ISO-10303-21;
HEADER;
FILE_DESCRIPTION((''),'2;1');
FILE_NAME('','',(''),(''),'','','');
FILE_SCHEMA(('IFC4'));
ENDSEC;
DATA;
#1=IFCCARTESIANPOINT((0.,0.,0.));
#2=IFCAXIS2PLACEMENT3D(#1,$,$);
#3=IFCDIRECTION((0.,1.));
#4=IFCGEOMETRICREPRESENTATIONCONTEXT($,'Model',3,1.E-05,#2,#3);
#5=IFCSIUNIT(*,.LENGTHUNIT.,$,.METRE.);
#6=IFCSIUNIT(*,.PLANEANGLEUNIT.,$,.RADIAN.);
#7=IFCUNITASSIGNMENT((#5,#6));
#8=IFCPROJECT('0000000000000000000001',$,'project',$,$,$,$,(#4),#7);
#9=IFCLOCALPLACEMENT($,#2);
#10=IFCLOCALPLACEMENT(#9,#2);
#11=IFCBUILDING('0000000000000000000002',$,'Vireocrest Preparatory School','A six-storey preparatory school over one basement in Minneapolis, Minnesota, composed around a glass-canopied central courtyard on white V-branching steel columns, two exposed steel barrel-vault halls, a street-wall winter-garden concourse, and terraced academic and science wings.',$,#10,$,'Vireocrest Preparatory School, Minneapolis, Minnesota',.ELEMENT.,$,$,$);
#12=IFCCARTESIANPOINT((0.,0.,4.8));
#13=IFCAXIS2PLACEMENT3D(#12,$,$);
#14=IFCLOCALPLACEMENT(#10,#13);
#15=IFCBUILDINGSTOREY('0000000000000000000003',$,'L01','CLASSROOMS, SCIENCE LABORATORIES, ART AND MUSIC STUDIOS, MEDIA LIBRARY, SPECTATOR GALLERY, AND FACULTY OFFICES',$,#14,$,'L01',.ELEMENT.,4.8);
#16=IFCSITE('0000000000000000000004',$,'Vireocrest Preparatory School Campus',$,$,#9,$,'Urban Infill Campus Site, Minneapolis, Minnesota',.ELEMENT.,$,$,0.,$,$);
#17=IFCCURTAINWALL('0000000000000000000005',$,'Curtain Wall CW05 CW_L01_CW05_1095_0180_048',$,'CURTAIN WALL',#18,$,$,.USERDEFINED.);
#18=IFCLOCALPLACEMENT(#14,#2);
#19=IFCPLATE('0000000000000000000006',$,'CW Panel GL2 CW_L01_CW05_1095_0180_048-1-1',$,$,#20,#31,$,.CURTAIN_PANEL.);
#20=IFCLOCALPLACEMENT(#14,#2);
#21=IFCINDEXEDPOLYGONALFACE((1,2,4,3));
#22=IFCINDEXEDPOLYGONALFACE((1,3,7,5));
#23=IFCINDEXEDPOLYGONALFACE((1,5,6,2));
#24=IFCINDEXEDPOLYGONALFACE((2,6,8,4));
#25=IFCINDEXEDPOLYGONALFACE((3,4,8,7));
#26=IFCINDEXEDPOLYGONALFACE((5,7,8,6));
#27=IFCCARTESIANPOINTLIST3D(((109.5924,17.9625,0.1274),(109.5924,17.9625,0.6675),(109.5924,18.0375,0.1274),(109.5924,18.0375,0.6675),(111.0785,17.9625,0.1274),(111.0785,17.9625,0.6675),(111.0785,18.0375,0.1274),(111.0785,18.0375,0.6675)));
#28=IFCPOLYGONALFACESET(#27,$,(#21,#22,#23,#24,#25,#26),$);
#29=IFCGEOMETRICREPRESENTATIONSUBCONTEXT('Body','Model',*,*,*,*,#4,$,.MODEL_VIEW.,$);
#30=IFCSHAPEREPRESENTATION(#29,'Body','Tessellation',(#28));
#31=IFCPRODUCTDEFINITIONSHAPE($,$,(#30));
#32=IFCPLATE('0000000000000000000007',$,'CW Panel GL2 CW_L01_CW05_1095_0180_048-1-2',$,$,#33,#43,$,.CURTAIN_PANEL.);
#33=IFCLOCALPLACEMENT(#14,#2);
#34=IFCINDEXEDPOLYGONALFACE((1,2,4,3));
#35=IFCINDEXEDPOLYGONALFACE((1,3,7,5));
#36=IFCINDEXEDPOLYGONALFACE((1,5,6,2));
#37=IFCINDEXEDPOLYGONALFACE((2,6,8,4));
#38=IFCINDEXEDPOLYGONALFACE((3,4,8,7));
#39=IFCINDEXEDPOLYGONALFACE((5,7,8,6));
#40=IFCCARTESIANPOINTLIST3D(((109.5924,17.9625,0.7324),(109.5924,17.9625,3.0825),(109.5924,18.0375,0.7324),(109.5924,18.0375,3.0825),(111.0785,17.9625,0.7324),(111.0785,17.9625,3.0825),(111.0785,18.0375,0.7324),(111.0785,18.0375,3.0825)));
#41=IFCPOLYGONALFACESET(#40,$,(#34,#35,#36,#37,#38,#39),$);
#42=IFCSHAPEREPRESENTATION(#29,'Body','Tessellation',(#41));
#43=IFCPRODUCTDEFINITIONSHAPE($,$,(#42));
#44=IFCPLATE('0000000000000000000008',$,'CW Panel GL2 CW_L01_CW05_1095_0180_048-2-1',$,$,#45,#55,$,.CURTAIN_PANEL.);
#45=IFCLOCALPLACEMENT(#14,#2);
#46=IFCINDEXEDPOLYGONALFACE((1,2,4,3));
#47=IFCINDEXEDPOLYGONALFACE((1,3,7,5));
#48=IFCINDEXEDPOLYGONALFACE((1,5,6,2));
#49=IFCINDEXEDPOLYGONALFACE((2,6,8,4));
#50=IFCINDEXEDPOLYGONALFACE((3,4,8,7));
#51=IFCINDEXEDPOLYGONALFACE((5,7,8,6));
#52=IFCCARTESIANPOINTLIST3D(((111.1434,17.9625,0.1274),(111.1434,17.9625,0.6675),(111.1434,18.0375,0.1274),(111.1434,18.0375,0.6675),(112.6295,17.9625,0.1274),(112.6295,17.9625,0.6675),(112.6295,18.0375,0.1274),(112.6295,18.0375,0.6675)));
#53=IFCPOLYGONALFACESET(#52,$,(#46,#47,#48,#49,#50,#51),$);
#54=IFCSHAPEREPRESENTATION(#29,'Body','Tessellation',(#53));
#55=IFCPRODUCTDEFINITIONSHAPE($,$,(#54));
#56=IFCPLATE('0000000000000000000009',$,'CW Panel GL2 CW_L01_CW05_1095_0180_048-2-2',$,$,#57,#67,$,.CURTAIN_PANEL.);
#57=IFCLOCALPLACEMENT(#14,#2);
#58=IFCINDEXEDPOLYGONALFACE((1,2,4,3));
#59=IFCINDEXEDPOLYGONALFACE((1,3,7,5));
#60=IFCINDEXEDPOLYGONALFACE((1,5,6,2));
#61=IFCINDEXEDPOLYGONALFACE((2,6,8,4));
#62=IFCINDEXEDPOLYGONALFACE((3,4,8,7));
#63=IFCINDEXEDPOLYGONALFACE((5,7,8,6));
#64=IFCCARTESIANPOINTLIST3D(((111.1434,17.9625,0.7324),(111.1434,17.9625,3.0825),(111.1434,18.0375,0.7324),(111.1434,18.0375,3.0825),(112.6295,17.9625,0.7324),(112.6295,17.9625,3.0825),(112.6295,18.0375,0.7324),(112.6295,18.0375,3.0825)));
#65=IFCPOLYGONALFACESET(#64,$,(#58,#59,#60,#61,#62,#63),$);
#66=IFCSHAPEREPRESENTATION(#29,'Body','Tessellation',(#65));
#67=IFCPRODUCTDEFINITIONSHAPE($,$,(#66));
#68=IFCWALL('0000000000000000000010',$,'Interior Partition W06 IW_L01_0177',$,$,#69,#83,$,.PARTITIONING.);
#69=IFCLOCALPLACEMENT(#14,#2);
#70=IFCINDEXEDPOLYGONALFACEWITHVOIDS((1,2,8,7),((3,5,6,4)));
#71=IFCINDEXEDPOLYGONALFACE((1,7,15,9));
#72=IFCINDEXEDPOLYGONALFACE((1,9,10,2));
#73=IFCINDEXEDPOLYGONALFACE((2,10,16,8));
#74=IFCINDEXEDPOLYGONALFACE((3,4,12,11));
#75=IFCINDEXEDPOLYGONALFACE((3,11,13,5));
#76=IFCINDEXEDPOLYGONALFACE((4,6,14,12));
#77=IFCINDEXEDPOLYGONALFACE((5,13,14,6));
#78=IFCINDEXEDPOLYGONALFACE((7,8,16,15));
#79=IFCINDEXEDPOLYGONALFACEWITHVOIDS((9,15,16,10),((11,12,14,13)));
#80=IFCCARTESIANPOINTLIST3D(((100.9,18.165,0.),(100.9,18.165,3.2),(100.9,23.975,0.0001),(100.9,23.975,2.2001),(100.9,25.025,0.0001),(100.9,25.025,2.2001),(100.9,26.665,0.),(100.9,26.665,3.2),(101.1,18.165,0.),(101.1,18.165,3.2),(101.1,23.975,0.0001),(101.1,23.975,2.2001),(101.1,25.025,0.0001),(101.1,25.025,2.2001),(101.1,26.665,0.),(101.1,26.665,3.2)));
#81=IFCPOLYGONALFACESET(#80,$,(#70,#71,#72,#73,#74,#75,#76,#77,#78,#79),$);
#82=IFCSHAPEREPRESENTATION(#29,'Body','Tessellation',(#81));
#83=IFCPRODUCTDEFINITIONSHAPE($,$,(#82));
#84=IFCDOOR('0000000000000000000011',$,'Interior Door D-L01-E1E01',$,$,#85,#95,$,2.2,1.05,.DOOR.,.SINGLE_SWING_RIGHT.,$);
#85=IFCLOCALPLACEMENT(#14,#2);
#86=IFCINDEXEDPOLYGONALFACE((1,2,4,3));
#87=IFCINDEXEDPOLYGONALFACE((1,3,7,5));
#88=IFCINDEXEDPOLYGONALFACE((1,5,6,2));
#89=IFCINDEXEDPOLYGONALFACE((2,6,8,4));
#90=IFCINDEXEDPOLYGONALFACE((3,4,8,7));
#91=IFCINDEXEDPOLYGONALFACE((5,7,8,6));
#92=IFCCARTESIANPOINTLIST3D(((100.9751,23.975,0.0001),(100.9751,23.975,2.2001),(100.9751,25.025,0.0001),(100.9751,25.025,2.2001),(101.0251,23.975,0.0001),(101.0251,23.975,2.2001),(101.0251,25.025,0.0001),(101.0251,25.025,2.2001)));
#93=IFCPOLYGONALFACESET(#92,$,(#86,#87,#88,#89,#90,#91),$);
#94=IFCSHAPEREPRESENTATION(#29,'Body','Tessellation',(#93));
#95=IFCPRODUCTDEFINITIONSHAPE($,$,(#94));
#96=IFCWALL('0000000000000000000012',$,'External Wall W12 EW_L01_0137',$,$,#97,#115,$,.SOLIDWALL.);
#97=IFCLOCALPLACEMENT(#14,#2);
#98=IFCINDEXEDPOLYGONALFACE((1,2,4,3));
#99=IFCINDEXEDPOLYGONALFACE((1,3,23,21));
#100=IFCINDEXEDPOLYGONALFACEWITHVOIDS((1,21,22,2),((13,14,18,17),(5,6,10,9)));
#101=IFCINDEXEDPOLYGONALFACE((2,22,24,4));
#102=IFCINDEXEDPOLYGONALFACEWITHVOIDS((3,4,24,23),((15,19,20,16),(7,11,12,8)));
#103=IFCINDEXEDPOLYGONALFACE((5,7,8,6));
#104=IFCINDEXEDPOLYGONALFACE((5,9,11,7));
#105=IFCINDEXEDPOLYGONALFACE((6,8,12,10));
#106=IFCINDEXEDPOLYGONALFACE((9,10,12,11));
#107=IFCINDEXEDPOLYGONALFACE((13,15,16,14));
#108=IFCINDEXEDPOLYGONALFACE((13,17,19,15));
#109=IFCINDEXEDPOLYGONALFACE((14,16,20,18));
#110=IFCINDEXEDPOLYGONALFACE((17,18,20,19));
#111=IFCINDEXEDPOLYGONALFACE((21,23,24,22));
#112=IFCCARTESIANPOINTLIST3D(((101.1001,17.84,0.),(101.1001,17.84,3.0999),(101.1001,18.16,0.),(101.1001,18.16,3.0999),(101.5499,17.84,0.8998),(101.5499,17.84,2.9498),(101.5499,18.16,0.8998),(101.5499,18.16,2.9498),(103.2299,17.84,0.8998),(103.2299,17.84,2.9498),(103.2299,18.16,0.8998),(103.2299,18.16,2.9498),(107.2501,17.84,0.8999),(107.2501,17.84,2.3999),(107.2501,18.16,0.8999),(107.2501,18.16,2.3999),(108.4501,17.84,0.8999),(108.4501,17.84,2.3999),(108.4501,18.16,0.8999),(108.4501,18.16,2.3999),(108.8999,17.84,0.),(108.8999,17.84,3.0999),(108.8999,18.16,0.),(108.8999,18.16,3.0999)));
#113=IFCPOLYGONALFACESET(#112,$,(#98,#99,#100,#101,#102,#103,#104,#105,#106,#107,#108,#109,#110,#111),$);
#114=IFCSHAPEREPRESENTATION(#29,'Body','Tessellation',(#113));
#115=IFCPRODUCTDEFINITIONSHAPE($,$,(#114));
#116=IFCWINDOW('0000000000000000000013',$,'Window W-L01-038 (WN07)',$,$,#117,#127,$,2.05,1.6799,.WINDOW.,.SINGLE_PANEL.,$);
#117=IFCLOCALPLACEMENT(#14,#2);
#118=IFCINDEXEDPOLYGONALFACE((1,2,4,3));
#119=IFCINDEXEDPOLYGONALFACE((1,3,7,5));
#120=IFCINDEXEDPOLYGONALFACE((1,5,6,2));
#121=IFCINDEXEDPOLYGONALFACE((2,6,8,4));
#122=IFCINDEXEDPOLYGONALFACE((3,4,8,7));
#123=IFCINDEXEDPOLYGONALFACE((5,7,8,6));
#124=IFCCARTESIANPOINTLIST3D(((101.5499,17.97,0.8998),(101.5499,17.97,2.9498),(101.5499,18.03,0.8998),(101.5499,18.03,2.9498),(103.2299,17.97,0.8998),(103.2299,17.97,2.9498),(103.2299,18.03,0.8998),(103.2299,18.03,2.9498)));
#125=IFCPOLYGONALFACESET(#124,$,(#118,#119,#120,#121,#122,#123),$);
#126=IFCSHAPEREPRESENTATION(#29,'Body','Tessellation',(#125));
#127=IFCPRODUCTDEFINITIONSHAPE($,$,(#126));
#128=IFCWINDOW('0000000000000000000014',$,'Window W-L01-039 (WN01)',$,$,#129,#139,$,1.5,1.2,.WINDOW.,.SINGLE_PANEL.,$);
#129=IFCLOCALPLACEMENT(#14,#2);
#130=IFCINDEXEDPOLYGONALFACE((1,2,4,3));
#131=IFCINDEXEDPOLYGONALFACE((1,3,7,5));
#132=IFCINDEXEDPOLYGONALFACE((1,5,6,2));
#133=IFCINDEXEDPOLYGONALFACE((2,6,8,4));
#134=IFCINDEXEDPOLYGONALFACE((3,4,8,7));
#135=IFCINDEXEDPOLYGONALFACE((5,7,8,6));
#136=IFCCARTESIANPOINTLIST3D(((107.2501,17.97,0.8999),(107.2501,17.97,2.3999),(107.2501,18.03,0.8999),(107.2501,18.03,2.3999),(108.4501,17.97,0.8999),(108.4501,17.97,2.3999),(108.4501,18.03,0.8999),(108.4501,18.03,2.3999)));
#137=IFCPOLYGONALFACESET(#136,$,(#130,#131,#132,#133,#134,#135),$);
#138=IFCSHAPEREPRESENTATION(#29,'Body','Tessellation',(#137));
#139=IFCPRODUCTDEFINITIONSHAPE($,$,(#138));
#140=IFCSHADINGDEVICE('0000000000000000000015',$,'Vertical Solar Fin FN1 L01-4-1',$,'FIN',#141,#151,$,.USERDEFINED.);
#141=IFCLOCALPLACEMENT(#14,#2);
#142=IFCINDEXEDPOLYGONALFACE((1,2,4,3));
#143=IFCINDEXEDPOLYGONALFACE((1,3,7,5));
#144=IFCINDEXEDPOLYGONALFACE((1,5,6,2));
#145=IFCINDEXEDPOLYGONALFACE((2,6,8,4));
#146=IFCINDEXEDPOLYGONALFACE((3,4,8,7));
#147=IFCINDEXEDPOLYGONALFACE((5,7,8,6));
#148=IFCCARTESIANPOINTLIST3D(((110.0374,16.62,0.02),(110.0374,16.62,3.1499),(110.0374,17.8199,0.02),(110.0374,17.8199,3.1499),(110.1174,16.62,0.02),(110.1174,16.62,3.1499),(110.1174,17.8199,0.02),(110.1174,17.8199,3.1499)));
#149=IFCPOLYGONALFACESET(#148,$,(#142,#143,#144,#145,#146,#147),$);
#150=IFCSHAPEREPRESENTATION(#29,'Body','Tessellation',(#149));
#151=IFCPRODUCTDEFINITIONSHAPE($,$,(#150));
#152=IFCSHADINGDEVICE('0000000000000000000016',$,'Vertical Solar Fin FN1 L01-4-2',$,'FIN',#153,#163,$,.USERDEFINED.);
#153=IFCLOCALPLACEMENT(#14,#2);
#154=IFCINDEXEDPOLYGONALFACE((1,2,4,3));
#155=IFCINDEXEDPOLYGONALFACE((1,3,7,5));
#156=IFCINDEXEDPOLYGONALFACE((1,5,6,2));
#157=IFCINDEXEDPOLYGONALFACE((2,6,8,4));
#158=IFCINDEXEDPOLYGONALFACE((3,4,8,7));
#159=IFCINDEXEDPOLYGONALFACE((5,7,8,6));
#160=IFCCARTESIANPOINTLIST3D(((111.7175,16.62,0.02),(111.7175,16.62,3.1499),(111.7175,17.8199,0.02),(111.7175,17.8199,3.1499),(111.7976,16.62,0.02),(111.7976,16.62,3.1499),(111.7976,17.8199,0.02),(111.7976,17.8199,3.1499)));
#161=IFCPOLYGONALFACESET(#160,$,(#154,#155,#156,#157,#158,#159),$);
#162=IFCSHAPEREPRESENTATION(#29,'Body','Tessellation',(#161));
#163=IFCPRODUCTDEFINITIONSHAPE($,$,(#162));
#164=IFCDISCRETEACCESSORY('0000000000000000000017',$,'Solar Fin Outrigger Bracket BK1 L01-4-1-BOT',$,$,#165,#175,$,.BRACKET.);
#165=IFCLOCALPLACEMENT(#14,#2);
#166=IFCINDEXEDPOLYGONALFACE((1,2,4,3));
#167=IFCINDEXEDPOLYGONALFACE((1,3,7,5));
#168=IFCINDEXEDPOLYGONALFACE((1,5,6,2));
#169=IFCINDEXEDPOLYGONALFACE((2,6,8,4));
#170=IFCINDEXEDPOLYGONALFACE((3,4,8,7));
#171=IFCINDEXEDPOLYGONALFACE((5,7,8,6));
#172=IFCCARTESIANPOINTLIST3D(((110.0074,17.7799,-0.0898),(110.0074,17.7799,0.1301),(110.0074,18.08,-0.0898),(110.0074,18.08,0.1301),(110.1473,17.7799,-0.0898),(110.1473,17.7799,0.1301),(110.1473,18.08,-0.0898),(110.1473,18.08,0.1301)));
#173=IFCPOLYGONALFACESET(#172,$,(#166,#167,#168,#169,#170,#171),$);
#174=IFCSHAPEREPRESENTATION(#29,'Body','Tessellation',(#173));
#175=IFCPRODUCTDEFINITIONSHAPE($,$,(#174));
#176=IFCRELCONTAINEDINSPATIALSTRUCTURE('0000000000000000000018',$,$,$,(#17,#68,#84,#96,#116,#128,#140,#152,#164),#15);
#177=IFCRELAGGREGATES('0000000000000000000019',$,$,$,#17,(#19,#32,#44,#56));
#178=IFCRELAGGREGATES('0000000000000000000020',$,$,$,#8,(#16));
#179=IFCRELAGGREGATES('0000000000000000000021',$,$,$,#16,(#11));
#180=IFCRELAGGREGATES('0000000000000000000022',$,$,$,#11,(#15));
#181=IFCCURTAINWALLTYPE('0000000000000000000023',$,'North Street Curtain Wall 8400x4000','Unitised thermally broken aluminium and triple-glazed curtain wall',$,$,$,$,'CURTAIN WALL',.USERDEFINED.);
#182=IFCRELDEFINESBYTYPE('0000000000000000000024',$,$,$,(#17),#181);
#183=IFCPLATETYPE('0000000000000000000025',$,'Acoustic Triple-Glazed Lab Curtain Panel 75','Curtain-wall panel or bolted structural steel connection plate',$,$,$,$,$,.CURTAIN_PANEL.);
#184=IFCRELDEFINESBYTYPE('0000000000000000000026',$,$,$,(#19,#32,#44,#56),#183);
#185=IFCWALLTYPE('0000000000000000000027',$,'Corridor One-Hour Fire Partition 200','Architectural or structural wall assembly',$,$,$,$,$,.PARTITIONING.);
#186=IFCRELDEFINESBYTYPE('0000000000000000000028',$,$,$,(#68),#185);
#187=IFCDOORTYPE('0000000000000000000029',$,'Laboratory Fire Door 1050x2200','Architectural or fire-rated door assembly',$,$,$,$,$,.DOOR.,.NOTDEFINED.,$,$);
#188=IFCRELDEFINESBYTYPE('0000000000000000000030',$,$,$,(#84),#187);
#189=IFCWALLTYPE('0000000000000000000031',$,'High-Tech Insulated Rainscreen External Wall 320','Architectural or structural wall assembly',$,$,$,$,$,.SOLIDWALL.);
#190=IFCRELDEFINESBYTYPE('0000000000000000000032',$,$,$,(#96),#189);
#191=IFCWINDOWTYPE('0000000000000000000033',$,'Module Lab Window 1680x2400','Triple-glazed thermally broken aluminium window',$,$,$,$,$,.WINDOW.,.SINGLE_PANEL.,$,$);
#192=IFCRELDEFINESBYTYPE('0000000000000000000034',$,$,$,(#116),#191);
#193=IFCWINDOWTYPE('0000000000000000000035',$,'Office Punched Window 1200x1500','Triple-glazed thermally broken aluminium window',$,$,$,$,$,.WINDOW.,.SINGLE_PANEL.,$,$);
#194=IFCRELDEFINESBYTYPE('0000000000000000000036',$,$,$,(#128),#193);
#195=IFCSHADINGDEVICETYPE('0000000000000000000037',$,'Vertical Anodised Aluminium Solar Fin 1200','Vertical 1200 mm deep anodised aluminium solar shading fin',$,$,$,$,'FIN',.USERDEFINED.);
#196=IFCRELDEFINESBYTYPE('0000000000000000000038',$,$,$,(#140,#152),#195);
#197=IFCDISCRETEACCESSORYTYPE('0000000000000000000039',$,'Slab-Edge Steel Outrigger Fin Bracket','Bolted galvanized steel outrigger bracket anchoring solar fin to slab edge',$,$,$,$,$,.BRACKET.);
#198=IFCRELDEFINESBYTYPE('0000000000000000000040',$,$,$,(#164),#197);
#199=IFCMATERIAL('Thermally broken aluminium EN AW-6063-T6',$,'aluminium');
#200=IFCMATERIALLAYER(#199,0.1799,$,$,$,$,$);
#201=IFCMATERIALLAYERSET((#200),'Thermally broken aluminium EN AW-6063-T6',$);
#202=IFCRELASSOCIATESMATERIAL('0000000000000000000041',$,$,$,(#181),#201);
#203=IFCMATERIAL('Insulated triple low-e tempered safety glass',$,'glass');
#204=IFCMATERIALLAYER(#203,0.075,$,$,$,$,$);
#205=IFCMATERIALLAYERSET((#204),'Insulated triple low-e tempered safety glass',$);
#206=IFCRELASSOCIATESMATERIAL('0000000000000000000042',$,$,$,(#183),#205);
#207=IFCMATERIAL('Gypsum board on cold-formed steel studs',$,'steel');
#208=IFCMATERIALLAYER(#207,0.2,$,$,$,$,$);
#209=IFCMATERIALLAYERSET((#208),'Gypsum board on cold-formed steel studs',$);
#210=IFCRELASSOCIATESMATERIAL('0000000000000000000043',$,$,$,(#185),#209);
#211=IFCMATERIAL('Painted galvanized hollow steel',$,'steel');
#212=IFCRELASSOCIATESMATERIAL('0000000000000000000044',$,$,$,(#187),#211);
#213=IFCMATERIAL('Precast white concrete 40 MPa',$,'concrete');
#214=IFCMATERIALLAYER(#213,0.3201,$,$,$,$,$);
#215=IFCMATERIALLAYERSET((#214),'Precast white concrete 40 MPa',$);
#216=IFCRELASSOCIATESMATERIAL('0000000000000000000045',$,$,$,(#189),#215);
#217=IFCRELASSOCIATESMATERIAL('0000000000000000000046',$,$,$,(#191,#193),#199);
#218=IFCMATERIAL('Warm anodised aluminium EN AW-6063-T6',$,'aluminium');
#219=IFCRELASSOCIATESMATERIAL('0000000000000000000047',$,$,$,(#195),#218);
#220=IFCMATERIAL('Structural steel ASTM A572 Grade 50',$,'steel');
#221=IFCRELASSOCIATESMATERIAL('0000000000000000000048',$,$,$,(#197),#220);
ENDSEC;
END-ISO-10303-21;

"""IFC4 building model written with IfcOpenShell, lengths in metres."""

from ifc_helpers import new_model, si_unit, direction, frame, frame_2d, origin, origin_2d, place, context, subcontext, project, spatial, rectangle, extrude, material, layer, layer_set, material_profile, profile_set, type_object, element, fill, aggregate, save


model = new_model("IFC4")

# Units and contexts
model_context = context("Model", 3, precision=1e-05, world=origin(), true_north=direction((0.0, 1.0)))
body_context = subcontext(model_context, "Body", "Model", "MODEL_VIEW")
ifc_project = project(units=[si_unit("LENGTHUNIT", "METRE"), si_unit("PLANEANGLEUNIT", "RADIAN")], contexts=[model_context])

# Site, building, storey
site_placement = place(None, origin())
site = spatial("IfcSite", under=ifc_project, at=site_placement, Name="Vireocrest Preparatory School Campus", LongName="Urban Infill Campus Site, Minneapolis, Minnesota", CompositionType="ELEMENT", RefElevation=0.0)
building_placement = place(site_placement, origin())
building = spatial("IfcBuilding", under=site, at=building_placement, Name="Vireocrest Preparatory School", Description="A six-storey preparatory school over one basement in Minneapolis, Minnesota, composed around a glass-canopied central courtyard on white V-branching steel columns, two exposed steel barrel-vault halls, a street-wall winter-garden concourse, and terraced academic and science wings.", LongName="Vireocrest Preparatory School, Minneapolis, Minnesota", CompositionType="ELEMENT")
storey_placement = place(building_placement, frame((0.0, 0.0, 4.8)))
storey = spatial("IfcBuildingStorey", under=building, at=storey_placement, Name="L01", Description="CLASSROOMS, SCIENCE LABORATORIES, ART AND MUSIC STUDIOS, MEDIA LIBRARY, SPECTATOR GALLERY, AND FACULTY OFFICES", LongName="L01", CompositionType="ELEMENT", Elevation=4.8)

# Curtain wall
ifc_material_1 = material(Name="Thermally broken aluminium EN AW-6063-T6", Category="aluminium")
ifc_layer_1 = layer(ifc_material_1, 0.1799)
ifc_layer_set_1 = layer_set([ifc_layer_1], Name="Thermally broken aluminium EN AW-6063-T6")
curtain_wall_type = type_object("IfcCurtainWallType", Name="North Street Curtain Wall 8400x4000", Description="Unitised thermally broken aluminium and triple-glazed curtain wall", ElementType="CURTAIN WALL", PredefinedType="USERDEFINED", material=ifc_layer_set_1)
curtain_wall_placement = place(storey_placement, origin())
curtain_wall = element("IfcCurtainWall", 1, at=curtain_wall_placement, inside=storey, type_object=curtain_wall_type, Name="Curtain Wall CW05 CW_L01_CW05_1095_0180_048", ObjectType="CURTAIN WALL", PredefinedType="USERDEFINED")

# Plates
ifc_material_2 = material(Name="Insulated triple low-e tempered safety glass", Category="glass")
ifc_layer_2 = layer(ifc_material_2, 0.075)
ifc_layer_set_2 = layer_set([ifc_layer_2], Name="Insulated triple low-e tempered safety glass")
plate_type = type_object("IfcPlateType", Name="Acoustic Triple-Glazed Lab Curtain Panel 75", Description="Curtain-wall panel or bolted structural steel connection plate", PredefinedType="CURTAIN_PANEL", material=ifc_layer_set_2)
plate_1_placement = place(storey_placement, frame((110.3354, 18.0, 0.1274), z_axis=(0.0, 0.0, 1.0), x_axis=(1.0, 0.0, 0.0)))
plate_1 = element("IfcPlate", 2, at=plate_1_placement, type_object=plate_type, Name="CW Panel GL2 CW_L01_CW05_1095_0180_048-1-1", PredefinedType="CURTAIN_PANEL", context=body_context, shape_type="SweptSolid", body=[
    extrude(rectangle(XDim=1.4861, YDim=0.075, at=origin_2d()), origin(), (0.0, 0.0, 1.0), 0.54),
])
plate_2_placement = place(storey_placement, frame((110.3354, 18.0, 0.7324), z_axis=(0.0, 0.0, 1.0), x_axis=(1.0, 0.0, 0.0)))
plate_2 = element("IfcPlate", 3, at=plate_2_placement, type_object=plate_type, Name="CW Panel GL2 CW_L01_CW05_1095_0180_048-1-2", PredefinedType="CURTAIN_PANEL", context=body_context, shape_type="SweptSolid", body=[
    extrude(rectangle(XDim=1.4861, YDim=0.075, at=origin_2d()), origin(), (0.0, 0.0, 1.0), 2.3501),
])
plate_3_placement = place(storey_placement, frame((111.8865, 18.0, 0.1274), z_axis=(0.0, 0.0, 1.0), x_axis=(1.0, 0.0, 0.0)))
plate_3 = element("IfcPlate", 4, at=plate_3_placement, type_object=plate_type, Name="CW Panel GL2 CW_L01_CW05_1095_0180_048-2-1", PredefinedType="CURTAIN_PANEL", context=body_context, shape_type="SweptSolid", body=[
    extrude(rectangle(XDim=1.4861, YDim=0.075, at=origin_2d()), origin(), (0.0, 0.0, 1.0), 0.54),
])
plate_4_placement = place(storey_placement, frame((111.8865, 18.0, 0.7324), z_axis=(0.0, 0.0, 1.0), x_axis=(1.0, 0.0, 0.0)))
plate_4 = element("IfcPlate", 5, at=plate_4_placement, type_object=plate_type, Name="CW Panel GL2 CW_L01_CW05_1095_0180_048-2-2", PredefinedType="CURTAIN_PANEL", context=body_context, shape_type="SweptSolid", body=[
    extrude(rectangle(XDim=1.4861, YDim=0.075, at=origin_2d()), origin(), (0.0, 0.0, 1.0), 2.3501),
])
aggregate(curtain_wall, [plate_1, plate_2, plate_3, plate_4])

# Wall, opening, door
ifc_material_3 = material(Name="Gypsum board on cold-formed steel studs", Category="steel")
ifc_layer_3 = layer(ifc_material_3, 0.2)
ifc_layer_set_3 = layer_set([ifc_layer_3], Name="Gypsum board on cold-formed steel studs")
wall_type_1 = type_object("IfcWallType", Name="Corridor One-Hour Fire Partition 200", Description="Architectural or structural wall assembly", PredefinedType="PARTITIONING", material=ifc_layer_set_3)
wall_1_placement = place(storey_placement, frame((101.0, 18.165, 0.0), z_axis=(0.0, 0.0, 1.0), x_axis=(0.0, 1.0, 0.0)))
wall_1 = element("IfcWall", 6, at=wall_1_placement, inside=storey, type_object=wall_type_1, Name="Interior Partition W06 IW_L01_0177", PredefinedType="PARTITIONING", context=body_context, shape_type="SweptSolid", body=[
    extrude(rectangle(XDim=8.5, YDim=0.2, at=frame_2d((4.25, 0.0))), origin(), (0.0, 0.0, 1.0), 3.2),
])
opening_1_placement = place(wall_1_placement, frame((5.8101, 0.0, 0.0)))
opening_1 = element("IfcOpeningElement", 7, at=opening_1_placement, cuts=wall_1, PredefinedType="OPENING", context=body_context, shape_type="SweptSolid", body=[
    extrude(rectangle(XDim=1.05, YDim=2.2, at=frame_2d((0.5249, 1.1001))), frame((0.0, 0.1099, 0.0), z_axis=(0.0, -1.0, 0.0), x_axis=(1.0, 0.0, 0.0)), (0.0, 0.0, 1.0), 0.22),
])
ifc_material_4 = material(Name="Painted galvanized hollow steel", Category="steel")
door_type = type_object("IfcDoorType", Name="Laboratory Fire Door 1050x2200", Description="Architectural or fire-rated door assembly", OperationType="NOTDEFINED", PredefinedType="DOOR", material=ifc_material_4)
door_placement = place(opening_1_placement, origin())
door = element("IfcDoor", 8, at=door_placement, inside=storey, type_object=door_type, Name="Interior Door D-L01-E1E01", OperationType="SINGLE_SWING_RIGHT", OverallHeight=2.2, OverallWidth=1.05, PredefinedType="DOOR", context=body_context, shape_type="SweptSolid", body=[
    extrude(rectangle(XDim=1.05, YDim=2.2, at=frame_2d((0.5249, 1.1001))), frame((0.0, 0.0249, 0.0), z_axis=(0.0, -1.0, 0.0), x_axis=(1.0, 0.0, 0.0)), (0.0, 0.0, 1.0), 0.05),
])
fill(opening_1, door)

# Wall, openings, windows
ifc_material_5 = material(Name="Precast white concrete 40 MPa", Category="concrete")
ifc_layer_4 = layer(ifc_material_5, 0.3201)
ifc_layer_set_4 = layer_set([ifc_layer_4], Name="Precast white concrete 40 MPa")
wall_type_2 = type_object("IfcWallType", Name="High-Tech Insulated Rainscreen External Wall 320", Description="Architectural or structural wall assembly", PredefinedType="SOLIDWALL", material=ifc_layer_set_4)
wall_2_placement = place(storey_placement, frame((101.1001, 18.0, 0.0), z_axis=(0.0, 0.0, 1.0), x_axis=(1.0, 0.0, 0.0)))
wall_2 = element("IfcWall", 9, at=wall_2_placement, inside=storey, type_object=wall_type_2, Name="External Wall W12 EW_L01_0137", PredefinedType="SOLIDWALL", context=body_context, shape_type="SweptSolid", body=[
    extrude(rectangle(XDim=7.7998, YDim=0.3201, at=frame_2d((3.8999, 0.0))), origin(), (0.0, 0.0, 1.0), 3.0999),
])
opening_2_placement = place(wall_2_placement, frame((0.45, 0.0, 0.8999)))
opening_2 = element("IfcOpeningElement", 10, at=opening_2_placement, cuts=wall_2, PredefinedType="OPENING", context=body_context, shape_type="SweptSolid", body=[
    extrude(rectangle(XDim=1.6799, YDim=2.05, at=frame_2d((0.8398, 1.0249))), frame((0.0, 0.1699, 0.0), z_axis=(0.0, -1.0, 0.0), x_axis=(1.0, 0.0, 0.0)), (0.0, 0.0, 1.0), 0.3401),
])
opening_3_placement = place(wall_2_placement, frame((6.1499, 0.0, 0.8999)))
opening_3 = element("IfcOpeningElement", 11, at=opening_3_placement, cuts=wall_2, PredefinedType="OPENING", context=body_context, shape_type="SweptSolid", body=[
    extrude(rectangle(XDim=1.2, YDim=1.5, at=frame_2d((0.6001, 0.75))), frame((0.0, 0.1699, 0.0), z_axis=(0.0, -1.0, 0.0), x_axis=(1.0, 0.0, 0.0)), (0.0, 0.0, 1.0), 0.3401),
])
window_type_1 = type_object("IfcWindowType", Name="Module Lab Window 1680x2400", Description="Triple-glazed thermally broken aluminium window", PartitioningType="SINGLE_PANEL", PredefinedType="WINDOW", material=ifc_material_1)
window_1_placement = place(opening_2_placement, origin())
window_1 = element("IfcWindow", 12, at=window_1_placement, inside=storey, type_object=window_type_1, Name="Window W-L01-038 (WN07)", OverallHeight=2.05, OverallWidth=1.6799, PartitioningType="SINGLE_PANEL", PredefinedType="WINDOW", context=body_context, shape_type="SweptSolid", body=[
    extrude(rectangle(XDim=1.6799, YDim=2.05, at=frame_2d((0.8398, 1.0249))), frame((0.0, 0.03, 0.0), z_axis=(0.0, -1.0, 0.0), x_axis=(1.0, 0.0, 0.0)), (0.0, 0.0, 1.0), 0.0601),
])
fill(opening_2, window_1)
window_type_2 = type_object("IfcWindowType", Name="Office Punched Window 1200x1500", Description="Triple-glazed thermally broken aluminium window", PartitioningType="SINGLE_PANEL", PredefinedType="WINDOW", material=ifc_material_1)
window_2_placement = place(opening_3_placement, origin())
window_2 = element("IfcWindow", 13, at=window_2_placement, inside=storey, type_object=window_type_2, Name="Window W-L01-039 (WN01)", OverallHeight=1.5, OverallWidth=1.2, PartitioningType="SINGLE_PANEL", PredefinedType="WINDOW", context=body_context, shape_type="SweptSolid", body=[
    extrude(rectangle(XDim=1.2, YDim=1.5, at=frame_2d((0.6001, 0.75))), frame((0.0, 0.03, 0.0), z_axis=(0.0, -1.0, 0.0), x_axis=(1.0, 0.0, 0.0)), (0.0, 0.0, 1.0), 0.0601),
])
fill(opening_3, window_2)

# Shading devices
ifc_material_6 = material(Name="Warm anodised aluminium EN AW-6063-T6", Category="aluminium")
ifc_material_profile_1 = material_profile(ifc_material_6, rectangle(XDim=0.0801, YDim=1.2, at=origin_2d()), Name="FIN 80x1200")
ifc_profile_set_1 = profile_set([ifc_material_profile_1], Name="Warm anodised aluminium EN AW-6063-T6")
shading_device_type = type_object("IfcShadingDeviceType", Name="Vertical Anodised Aluminium Solar Fin 1200", Description="Vertical 1200 mm deep anodised aluminium solar shading fin", ElementType="FIN", PredefinedType="USERDEFINED", material=ifc_profile_set_1)
for number, where, z_axis, x_axis, name in (
    (14, (110.0774, 17.22, 0.02), (0.0, 0.0, 1.0), (-1.0, 0.0, 0.0), "Vertical Solar Fin FN1 L01-4-1"),
    (15, (111.7576, 17.22, 0.02), (0.0, 0.0, 1.0), (-1.0, 0.0, 0.0), "Vertical Solar Fin FN1 L01-4-2"),
):
    element("IfcShadingDevice", number, at=place(storey_placement, frame(where, z_axis=z_axis, x_axis=x_axis)), inside=storey, type_object=shading_device_type, Name=name, ObjectType="FIN", PredefinedType="USERDEFINED", context=body_context, shape_type="SweptSolid", body=[
        extrude(rectangle(XDim=0.0801, YDim=1.2, at=origin_2d()), origin(), (0.0, 0.0, 1.0), 3.1299),
    ])

# Discrete accessory
ifc_material_7 = material(Name="Structural steel ASTM A572 Grade 50", Category="steel")
discrete_accessory_type = type_object("IfcDiscreteAccessoryType", Name="Slab-Edge Steel Outrigger Fin Bracket", Description="Bolted galvanized steel outrigger bracket anchoring solar fin to slab edge", PredefinedType="BRACKET", material=ifc_material_7)
for number, where, z_axis, x_axis, name in (
    (16, (110.0774, 17.9299, -0.0898), (0.0, 0.0, 1.0), (-1.0, 0.0, 0.0), "Solar Fin Outrigger Bracket BK1 L01-4-1-BOT"),
):
    element("IfcDiscreteAccessory", number, at=place(storey_placement, frame(where, z_axis=z_axis, x_axis=x_axis)), inside=storey, type_object=discrete_accessory_type, Name=name, PredefinedType="BRACKET", context=body_context, shape_type="SweptSolid", body=[
        extrude(rectangle(XDim=0.1399, YDim=0.3, at=origin_2d()), origin(), (0.0, 0.0, 1.0), 0.22),
    ])

save(model, "model.ifc")
